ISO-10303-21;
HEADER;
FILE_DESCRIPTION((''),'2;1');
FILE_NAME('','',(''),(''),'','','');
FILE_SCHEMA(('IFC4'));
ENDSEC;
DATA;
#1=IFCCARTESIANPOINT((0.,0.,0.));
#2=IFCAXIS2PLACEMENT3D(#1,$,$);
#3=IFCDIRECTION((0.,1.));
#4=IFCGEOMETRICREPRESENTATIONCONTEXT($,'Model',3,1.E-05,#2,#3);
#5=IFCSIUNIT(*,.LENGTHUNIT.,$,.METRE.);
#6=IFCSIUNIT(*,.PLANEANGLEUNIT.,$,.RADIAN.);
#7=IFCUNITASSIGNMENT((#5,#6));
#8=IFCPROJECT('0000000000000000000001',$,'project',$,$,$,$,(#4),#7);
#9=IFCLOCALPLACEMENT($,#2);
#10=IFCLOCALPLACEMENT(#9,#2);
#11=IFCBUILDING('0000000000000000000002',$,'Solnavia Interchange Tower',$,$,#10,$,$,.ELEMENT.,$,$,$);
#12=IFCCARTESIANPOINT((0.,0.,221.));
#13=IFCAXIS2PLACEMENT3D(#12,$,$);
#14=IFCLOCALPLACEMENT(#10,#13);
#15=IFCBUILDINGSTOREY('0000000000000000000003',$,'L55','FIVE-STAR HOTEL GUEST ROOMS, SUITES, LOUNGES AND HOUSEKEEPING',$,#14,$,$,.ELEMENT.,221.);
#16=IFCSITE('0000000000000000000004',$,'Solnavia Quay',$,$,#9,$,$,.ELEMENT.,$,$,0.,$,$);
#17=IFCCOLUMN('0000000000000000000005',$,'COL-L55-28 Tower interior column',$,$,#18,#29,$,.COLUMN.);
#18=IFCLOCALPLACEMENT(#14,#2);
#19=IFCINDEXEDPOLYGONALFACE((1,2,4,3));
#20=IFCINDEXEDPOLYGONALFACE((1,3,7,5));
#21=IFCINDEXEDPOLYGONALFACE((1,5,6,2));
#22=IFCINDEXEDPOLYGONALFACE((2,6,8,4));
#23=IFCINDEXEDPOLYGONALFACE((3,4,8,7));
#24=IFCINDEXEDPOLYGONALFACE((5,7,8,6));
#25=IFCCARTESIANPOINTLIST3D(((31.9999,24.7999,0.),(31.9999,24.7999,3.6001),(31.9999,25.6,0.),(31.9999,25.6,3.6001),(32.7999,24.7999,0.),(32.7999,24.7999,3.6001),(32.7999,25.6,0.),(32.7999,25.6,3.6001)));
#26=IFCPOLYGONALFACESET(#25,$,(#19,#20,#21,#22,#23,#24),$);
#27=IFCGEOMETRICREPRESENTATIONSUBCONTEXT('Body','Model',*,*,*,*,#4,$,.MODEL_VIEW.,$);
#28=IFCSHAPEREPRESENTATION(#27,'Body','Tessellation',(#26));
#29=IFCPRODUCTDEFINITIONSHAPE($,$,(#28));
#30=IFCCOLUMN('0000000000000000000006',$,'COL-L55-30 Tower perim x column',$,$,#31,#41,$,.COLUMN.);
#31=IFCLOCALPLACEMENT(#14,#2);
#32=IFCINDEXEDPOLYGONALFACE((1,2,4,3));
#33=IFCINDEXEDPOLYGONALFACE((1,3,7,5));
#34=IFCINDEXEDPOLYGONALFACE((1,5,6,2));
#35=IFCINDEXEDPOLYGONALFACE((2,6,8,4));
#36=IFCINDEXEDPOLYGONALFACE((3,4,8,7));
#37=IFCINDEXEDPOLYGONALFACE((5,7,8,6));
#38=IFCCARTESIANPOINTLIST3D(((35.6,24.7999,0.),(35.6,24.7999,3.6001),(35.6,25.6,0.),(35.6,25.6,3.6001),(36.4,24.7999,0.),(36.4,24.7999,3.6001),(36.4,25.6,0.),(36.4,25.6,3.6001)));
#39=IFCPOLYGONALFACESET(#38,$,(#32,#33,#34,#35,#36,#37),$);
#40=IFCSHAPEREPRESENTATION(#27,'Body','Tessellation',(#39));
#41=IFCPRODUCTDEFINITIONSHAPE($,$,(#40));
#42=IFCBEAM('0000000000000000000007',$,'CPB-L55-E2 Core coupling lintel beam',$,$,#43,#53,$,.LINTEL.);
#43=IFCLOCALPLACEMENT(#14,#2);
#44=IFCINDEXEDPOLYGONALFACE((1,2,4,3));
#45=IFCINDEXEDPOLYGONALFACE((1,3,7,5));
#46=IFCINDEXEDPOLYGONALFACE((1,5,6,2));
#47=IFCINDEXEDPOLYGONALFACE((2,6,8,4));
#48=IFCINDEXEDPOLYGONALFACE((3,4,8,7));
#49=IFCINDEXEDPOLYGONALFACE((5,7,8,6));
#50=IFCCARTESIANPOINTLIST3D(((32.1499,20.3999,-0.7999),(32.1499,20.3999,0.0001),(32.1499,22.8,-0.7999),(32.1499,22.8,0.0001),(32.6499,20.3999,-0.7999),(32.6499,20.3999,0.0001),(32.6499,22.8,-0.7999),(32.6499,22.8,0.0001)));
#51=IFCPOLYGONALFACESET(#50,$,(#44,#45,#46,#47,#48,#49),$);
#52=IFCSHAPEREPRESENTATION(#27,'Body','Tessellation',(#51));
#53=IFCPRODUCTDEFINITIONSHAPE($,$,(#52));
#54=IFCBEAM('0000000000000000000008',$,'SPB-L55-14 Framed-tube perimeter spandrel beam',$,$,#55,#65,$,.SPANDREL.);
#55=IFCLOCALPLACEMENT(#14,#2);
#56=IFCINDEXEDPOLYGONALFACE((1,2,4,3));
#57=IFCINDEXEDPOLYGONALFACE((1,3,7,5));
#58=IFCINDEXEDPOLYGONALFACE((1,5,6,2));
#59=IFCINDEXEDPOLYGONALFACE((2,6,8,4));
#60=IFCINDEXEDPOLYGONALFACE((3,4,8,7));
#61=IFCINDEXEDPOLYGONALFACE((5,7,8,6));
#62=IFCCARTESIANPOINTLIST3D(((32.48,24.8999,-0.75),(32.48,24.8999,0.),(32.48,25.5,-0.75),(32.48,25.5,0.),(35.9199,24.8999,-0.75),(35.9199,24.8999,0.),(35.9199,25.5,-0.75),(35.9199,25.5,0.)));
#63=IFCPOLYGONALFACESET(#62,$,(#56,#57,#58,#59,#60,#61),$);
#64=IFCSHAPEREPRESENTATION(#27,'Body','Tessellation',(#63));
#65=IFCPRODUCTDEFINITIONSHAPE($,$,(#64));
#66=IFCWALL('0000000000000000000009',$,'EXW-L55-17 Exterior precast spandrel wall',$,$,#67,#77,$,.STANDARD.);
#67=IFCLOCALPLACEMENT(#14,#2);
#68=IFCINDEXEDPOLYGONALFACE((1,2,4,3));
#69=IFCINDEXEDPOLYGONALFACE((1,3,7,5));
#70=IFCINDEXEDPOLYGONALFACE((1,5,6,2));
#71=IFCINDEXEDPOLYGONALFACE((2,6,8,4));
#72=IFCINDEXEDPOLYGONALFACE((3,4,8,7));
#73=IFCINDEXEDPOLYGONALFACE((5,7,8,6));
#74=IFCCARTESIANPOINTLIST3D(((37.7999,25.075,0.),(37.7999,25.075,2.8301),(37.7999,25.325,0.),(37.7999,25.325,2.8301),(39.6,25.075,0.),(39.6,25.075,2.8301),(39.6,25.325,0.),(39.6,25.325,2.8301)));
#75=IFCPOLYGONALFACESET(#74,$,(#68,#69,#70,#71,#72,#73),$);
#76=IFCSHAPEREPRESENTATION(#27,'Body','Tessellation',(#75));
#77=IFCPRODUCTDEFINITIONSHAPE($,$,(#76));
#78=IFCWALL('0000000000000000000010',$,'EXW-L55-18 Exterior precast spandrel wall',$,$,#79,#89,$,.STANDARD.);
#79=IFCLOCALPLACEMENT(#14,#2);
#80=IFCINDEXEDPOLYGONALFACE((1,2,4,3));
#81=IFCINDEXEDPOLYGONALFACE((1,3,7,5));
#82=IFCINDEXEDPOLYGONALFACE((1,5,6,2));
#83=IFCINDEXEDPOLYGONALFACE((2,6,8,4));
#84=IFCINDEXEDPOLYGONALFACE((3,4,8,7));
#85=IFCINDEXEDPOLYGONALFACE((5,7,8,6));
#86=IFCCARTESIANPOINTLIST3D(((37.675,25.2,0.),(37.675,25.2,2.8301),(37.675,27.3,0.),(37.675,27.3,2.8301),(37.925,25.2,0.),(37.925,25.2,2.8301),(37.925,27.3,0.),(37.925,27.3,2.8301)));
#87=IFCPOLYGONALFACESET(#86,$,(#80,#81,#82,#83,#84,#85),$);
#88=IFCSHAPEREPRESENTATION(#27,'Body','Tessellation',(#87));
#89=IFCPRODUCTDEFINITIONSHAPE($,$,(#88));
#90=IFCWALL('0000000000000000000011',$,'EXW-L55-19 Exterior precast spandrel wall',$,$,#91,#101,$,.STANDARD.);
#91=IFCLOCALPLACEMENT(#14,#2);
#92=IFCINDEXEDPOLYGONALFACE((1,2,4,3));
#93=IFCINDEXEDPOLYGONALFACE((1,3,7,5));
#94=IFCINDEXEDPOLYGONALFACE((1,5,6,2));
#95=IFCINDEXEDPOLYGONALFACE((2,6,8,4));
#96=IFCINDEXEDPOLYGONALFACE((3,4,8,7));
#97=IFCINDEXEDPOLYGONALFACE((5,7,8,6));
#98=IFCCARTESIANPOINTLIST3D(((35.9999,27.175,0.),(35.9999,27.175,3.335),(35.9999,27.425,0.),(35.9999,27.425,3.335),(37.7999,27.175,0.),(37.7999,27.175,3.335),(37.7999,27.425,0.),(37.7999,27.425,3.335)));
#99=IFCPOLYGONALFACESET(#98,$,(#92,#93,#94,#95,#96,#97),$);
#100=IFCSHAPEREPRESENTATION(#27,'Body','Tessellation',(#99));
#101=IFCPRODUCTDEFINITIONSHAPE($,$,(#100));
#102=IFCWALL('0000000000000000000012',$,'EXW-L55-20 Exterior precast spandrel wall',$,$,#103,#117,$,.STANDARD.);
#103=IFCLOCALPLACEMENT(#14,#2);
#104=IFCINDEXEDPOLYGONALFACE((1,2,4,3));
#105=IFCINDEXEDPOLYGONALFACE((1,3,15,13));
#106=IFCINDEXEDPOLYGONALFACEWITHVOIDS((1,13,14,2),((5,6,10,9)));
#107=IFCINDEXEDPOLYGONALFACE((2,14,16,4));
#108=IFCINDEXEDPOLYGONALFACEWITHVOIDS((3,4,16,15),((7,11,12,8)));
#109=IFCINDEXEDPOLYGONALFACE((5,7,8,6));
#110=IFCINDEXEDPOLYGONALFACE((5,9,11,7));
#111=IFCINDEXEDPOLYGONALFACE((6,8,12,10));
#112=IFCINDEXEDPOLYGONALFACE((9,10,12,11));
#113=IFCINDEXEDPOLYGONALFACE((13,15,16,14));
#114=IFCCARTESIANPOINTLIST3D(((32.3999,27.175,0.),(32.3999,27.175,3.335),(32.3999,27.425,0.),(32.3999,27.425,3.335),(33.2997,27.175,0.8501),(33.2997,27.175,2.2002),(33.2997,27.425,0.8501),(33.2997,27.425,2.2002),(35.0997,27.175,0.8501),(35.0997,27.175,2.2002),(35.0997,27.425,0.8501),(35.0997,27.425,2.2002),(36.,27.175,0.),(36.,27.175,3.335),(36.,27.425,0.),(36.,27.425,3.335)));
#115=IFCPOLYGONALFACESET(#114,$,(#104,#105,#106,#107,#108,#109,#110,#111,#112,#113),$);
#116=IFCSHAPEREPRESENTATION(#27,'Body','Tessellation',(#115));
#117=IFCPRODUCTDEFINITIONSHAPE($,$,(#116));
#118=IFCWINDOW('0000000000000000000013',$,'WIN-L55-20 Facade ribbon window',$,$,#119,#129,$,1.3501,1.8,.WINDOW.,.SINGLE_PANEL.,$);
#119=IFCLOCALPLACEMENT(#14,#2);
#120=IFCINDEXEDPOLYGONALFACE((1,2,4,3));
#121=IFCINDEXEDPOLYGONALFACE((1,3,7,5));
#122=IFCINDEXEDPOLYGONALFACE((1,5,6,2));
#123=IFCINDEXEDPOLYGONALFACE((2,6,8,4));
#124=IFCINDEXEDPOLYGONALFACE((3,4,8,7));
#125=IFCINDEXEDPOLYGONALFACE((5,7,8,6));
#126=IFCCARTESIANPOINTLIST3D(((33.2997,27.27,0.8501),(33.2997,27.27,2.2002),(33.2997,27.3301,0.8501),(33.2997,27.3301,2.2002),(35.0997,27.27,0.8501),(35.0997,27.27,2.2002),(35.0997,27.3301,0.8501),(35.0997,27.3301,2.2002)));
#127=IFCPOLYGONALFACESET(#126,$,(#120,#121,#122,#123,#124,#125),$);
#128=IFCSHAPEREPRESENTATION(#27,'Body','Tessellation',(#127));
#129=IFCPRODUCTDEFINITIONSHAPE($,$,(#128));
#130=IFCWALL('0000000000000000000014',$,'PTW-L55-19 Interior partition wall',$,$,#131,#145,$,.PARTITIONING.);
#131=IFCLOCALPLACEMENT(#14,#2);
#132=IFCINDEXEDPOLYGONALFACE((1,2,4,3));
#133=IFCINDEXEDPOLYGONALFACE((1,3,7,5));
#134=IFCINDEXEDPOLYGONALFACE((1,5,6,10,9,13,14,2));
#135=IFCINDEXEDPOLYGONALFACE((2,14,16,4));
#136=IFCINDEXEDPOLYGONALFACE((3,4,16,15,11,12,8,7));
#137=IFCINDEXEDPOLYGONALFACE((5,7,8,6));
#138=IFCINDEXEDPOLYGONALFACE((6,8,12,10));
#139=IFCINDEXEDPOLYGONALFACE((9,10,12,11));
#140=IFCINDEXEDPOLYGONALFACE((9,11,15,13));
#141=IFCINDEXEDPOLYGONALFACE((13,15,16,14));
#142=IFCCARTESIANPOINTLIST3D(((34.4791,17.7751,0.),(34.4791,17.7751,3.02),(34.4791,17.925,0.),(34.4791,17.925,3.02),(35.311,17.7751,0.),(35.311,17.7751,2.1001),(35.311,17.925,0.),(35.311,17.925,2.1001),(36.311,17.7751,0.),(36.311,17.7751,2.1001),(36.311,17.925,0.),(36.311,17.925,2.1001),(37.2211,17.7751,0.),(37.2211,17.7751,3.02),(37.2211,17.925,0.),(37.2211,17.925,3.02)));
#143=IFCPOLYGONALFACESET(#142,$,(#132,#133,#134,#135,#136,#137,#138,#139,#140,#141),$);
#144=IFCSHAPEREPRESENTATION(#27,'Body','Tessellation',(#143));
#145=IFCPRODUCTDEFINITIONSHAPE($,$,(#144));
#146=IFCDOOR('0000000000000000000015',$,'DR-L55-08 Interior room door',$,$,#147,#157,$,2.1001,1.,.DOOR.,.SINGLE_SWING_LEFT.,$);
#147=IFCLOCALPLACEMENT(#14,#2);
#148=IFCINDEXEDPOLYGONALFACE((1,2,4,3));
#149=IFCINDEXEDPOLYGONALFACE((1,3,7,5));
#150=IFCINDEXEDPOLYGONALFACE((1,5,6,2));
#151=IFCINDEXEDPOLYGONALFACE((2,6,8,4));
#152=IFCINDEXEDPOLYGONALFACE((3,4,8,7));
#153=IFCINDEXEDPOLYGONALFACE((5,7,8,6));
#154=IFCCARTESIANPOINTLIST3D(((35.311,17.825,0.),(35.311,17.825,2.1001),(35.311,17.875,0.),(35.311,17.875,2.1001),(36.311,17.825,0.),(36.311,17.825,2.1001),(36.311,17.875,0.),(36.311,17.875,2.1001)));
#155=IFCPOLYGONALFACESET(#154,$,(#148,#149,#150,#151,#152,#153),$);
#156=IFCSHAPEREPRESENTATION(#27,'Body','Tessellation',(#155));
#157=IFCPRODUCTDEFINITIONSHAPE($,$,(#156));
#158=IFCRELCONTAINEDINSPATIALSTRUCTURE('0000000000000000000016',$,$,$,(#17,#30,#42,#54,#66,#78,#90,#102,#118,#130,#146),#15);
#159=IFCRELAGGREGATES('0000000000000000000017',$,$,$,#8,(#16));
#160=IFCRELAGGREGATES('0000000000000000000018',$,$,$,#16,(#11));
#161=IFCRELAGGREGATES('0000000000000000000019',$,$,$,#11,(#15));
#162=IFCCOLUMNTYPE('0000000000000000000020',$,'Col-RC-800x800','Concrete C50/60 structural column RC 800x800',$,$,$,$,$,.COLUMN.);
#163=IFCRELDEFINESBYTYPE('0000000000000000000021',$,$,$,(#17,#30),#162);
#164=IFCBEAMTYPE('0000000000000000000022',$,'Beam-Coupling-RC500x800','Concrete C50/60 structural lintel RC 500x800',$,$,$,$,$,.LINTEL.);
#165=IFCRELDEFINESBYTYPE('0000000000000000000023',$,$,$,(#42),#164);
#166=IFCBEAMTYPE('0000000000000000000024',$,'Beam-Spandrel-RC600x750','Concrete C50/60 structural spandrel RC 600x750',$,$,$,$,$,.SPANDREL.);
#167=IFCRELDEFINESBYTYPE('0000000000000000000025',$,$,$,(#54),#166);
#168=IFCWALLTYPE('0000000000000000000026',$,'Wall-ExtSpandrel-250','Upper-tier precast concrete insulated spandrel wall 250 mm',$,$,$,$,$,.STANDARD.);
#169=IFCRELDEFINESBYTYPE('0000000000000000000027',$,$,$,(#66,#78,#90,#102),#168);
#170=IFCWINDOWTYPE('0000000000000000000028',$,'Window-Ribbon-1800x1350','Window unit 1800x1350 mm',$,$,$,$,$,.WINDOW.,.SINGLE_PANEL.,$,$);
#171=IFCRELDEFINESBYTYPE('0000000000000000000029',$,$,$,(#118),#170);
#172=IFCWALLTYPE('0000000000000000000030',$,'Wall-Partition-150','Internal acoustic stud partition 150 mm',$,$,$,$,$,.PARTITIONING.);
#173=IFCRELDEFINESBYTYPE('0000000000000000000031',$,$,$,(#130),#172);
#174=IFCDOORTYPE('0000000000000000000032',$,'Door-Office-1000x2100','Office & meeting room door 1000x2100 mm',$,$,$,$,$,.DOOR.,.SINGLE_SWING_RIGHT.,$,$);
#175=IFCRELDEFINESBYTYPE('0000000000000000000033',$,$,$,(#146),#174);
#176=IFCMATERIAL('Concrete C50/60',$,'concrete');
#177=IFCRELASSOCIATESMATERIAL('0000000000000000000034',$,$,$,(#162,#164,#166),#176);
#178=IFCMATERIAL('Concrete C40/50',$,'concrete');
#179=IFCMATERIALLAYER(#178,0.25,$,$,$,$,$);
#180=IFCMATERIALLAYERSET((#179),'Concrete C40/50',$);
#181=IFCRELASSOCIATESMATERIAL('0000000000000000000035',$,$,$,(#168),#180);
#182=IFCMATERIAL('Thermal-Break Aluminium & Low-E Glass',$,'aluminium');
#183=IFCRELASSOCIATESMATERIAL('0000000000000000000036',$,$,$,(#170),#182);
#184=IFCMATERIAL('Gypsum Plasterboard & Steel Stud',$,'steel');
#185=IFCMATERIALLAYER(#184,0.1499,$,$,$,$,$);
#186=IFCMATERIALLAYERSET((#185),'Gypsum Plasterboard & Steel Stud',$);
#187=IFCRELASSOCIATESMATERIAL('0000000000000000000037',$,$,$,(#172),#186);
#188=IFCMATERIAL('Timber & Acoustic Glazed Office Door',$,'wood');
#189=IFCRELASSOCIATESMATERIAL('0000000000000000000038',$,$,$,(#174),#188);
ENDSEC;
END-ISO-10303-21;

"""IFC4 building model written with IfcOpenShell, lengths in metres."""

from ifc_helpers import new_model, si_unit, direction, frame, frame_2d, origin, origin_2d, place, context, subcontext, project, spatial, rectangle, extrude, material, layer, layer_set, material_profile, profile_set, type_object, element, fill, save


model = new_model("IFC4")

# Units and contexts
model_context = context("Model", 3, precision=1e-05, world=origin(), true_north=direction((0.0, 1.0)))
body_context = subcontext(model_context, "Body", "Model", "MODEL_VIEW")
ifc_project = project(units=[si_unit("LENGTHUNIT", "METRE"), si_unit("PLANEANGLEUNIT", "RADIAN")], contexts=[model_context])

# Site, building, storey
site_placement = place(None, origin())
site = spatial("IfcSite", under=ifc_project, at=site_placement, Name="Solnavia Quay", CompositionType="ELEMENT", RefElevation=0.0)
building_placement = place(site_placement, origin())
building = spatial("IfcBuilding", under=site, at=building_placement, Name="Solnavia Interchange Tower", CompositionType="ELEMENT")
storey_placement = place(building_placement, frame((0.0, 0.0, 221.0)))
storey = spatial("IfcBuildingStorey", under=building, at=storey_placement, Name="L55", Description="FIVE-STAR HOTEL GUEST ROOMS, SUITES, LOUNGES AND HOUSEKEEPING", CompositionType="ELEMENT", Elevation=221.0)

# Columns
ifc_material_1 = material(Name="Concrete C50/60", Category="concrete")
ifc_material_profile_1 = material_profile(ifc_material_1, rectangle(XDim=0.8, YDim=0.8, at=origin_2d()), Name="RC 800x800")
ifc_profile_set_1 = profile_set([ifc_material_profile_1], Name="Concrete C50/60")
column_type = type_object("IfcColumnType", Name="Col-RC-800x800", Description="Concrete C50/60 structural column RC 800x800", PredefinedType="COLUMN", material=ifc_profile_set_1)
for number, where, z_axis, x_axis, name in (
    (1, (32.3999, 25.2, 0.0), (0.0, 0.0, 1.0), (1.0, 0.0, 0.0), "COL-L55-28 Tower interior column"),
    (2, (36.0, 25.2, 0.0), (0.0, 0.0, 1.0), (1.0, 0.0, 0.0), "COL-L55-30 Tower perim x column"),
):
    element("IfcColumn", number, at=place(storey_placement, frame(where, z_axis=z_axis, x_axis=x_axis)), inside=storey, type_object=column_type, Name=name, PredefinedType="COLUMN", context=body_context, shape_type="SweptSolid", body=[
        extrude(rectangle(XDim=0.8, YDim=0.8, at=origin_2d()), origin(), (0.0, 0.0, 1.0), 3.6001),
    ])

# Beams
ifc_material_profile_2 = material_profile(ifc_material_1, rectangle(XDim=0.5, YDim=0.8, at=origin_2d()), Name="RC 500x800")
ifc_profile_set_2 = profile_set([ifc_material_profile_2], Name="Concrete C50/60")
beam_type_1 = type_object("IfcBeamType", Name="Beam-Coupling-RC500x800", Description="Concrete C50/60 structural lintel RC 500x800", PredefinedType="LINTEL", material=ifc_profile_set_2)
beam_1_placement = place(storey_placement, frame((32.3999, 20.3999, -0.3999), z_axis=(0.0, 1.0, 0.0), x_axis=(-1.0, 0.0, 0.0)))
element("IfcBeam", 3, at=beam_1_placement, inside=storey, type_object=beam_type_1, Name="CPB-L55-E2 Core coupling lintel beam", PredefinedType="LINTEL", context=body_context, shape_type="SweptSolid", body=[
    extrude(rectangle(XDim=0.5, YDim=0.8, at=origin_2d()), origin(), (0.0, 0.0, 1.0), 2.4001),
])
ifc_material_profile_3 = material_profile(ifc_material_1, rectangle(XDim=0.6001, YDim=0.75, at=origin_2d()), Name="RC 600x750")
ifc_profile_set_3 = profile_set([ifc_material_profile_3], Name="Concrete C50/60")
beam_type_2 = type_object("IfcBeamType", Name="Beam-Spandrel-RC600x750", Description="Concrete C50/60 structural spandrel RC 600x750", PredefinedType="SPANDREL", material=ifc_profile_set_3)
beam_2_placement = place(storey_placement, frame((35.9199, 25.2, -0.375), z_axis=(-1.0, 0.0, 0.0), x_axis=(0.0, -1.0, 0.0)))
element("IfcBeam", 4, at=beam_2_placement, inside=storey, type_object=beam_type_2, Name="SPB-L55-14 Framed-tube perimeter spandrel beam", PredefinedType="SPANDREL", context=body_context, shape_type="SweptSolid", body=[
    extrude(rectangle(XDim=0.6001, YDim=0.75, at=origin_2d()), origin(), (0.0, 0.0, 1.0), 3.4399),
])

# Walls
ifc_material_2 = material(Name="Concrete C40/50", Category="concrete")
ifc_layer_1 = layer(ifc_material_2, 0.25)
ifc_layer_set_1 = layer_set([ifc_layer_1], Name="Concrete C40/50")
wall_type_1 = type_object("IfcWallType", Name="Wall-ExtSpandrel-250", Description="Upper-tier precast concrete insulated spandrel wall 250 mm", PredefinedType="STANDARD", material=ifc_layer_set_1)
wall_1_placement = place(storey_placement, frame((37.8, 25.2, 0.0), z_axis=(0.0, 0.0, 1.0), x_axis=(1.0, 0.0, 0.0)))
element("IfcWall", 5, at=wall_1_placement, inside=storey, type_object=wall_type_1, Name="EXW-L55-17 Exterior precast spandrel wall", PredefinedType="STANDARD", context=body_context, shape_type="SweptSolid", body=[
    extrude(rectangle(XDim=1.8, YDim=0.25, at=frame_2d((0.8999, 0.0))), origin(), (0.0, 0.0, 1.0), 2.8301),
])
wall_2_placement = place(storey_placement, frame((37.8, 27.3, 0.0), z_axis=(0.0, 0.0, 1.0), x_axis=(0.0, -1.0, 0.0)))
element("IfcWall", 6, at=wall_2_placement, inside=storey, type_object=wall_type_1, Name="EXW-L55-18 Exterior precast spandrel wall", PredefinedType="STANDARD", context=body_context, shape_type="SweptSolid", body=[
    extrude(rectangle(XDim=2.1001, YDim=0.25, at=frame_2d((1.05, 0.0))), origin(), (0.0, 0.0, 1.0), 2.8301),
])
wall_3_placement = place(storey_placement, frame((36.0, 27.3, 0.0), z_axis=(0.0, 0.0, 1.0), x_axis=(1.0, 0.0, 0.0)))
element("IfcWall", 7, at=wall_3_placement, inside=storey, type_object=wall_type_1, Name="EXW-L55-19 Exterior precast spandrel wall", PredefinedType="STANDARD", context=body_context, shape_type="SweptSolid", body=[
    extrude(rectangle(XDim=1.8, YDim=0.25, at=frame_2d((0.8999, 0.0))), origin(), (0.0, 0.0, 1.0), 3.335),
])

# Wall, opening, window
wall_4_placement = place(storey_placement, frame((32.3999, 27.3, 0.0), z_axis=(0.0, 0.0, 1.0), x_axis=(1.0, 0.0, 0.0)))
wall_4 = element("IfcWall", 8, at=wall_4_placement, inside=storey, type_object=wall_type_1, Name="EXW-L55-20 Exterior precast spandrel wall", PredefinedType="STANDARD", context=body_context, shape_type="SweptSolid", body=[
    extrude(rectangle(XDim=3.6001, YDim=0.25, at=frame_2d((1.8, 0.0))), origin(), (0.0, 0.0, 1.0), 3.335),
])
opening_1_placement = place(wall_4_placement, frame((0.8999, 0.0, 0.8501)))
opening_1 = element("IfcOpeningElement", 9, at=opening_1_placement, cuts=wall_4, PredefinedType="OPENING", context=body_context, shape_type="SweptSolid", body=[
    extrude(rectangle(XDim=1.8, YDim=1.3501, at=frame_2d((0.8999, 0.675))), frame((0.0, 0.135, 0.0), z_axis=(0.0, -1.0, 0.0), x_axis=(1.0, 0.0, 0.0)), (0.0, 0.0, 1.0), 0.27),
])
ifc_material_3 = material(Name="Thermal-Break Aluminium & Low-E Glass", Category="aluminium")
window_type = type_object("IfcWindowType", Name="Window-Ribbon-1800x1350", Description="Window unit 1800x1350 mm", PartitioningType="SINGLE_PANEL", PredefinedType="WINDOW", material=ifc_material_3)
window_placement = place(opening_1_placement, origin())
window = element("IfcWindow", 10, at=window_placement, inside=storey, type_object=window_type, Name="WIN-L55-20 Facade ribbon window", OverallHeight=1.3501, OverallWidth=1.8, PartitioningType="SINGLE_PANEL", PredefinedType="WINDOW", context=body_context, shape_type="SweptSolid", body=[
    extrude(rectangle(XDim=1.8, YDim=1.3501, at=frame_2d((0.8999, 0.675))), frame((0.0, 0.03, 0.0), z_axis=(0.0, -1.0, 0.0), x_axis=(1.0, 0.0, 0.0)), (0.0, 0.0, 1.0), 0.0601),
])
fill(opening_1, window)

# Wall, opening, door
ifc_material_4 = material(Name="Gypsum Plasterboard & Steel Stud", Category="steel")
ifc_layer_2 = layer(ifc_material_4, 0.1499)
ifc_layer_set_2 = layer_set([ifc_layer_2], Name="Gypsum Plasterboard & Steel Stud")
wall_type_2 = type_object("IfcWallType", Name="Wall-Partition-150", Description="Internal acoustic stud partition 150 mm", PredefinedType="PARTITIONING", material=ifc_layer_set_2)
wall_5_placement = place(storey_placement, frame((34.479, 17.8501, 0.0), z_axis=(0.0, 0.0, 1.0), x_axis=(1.0, 0.0, 0.0)))
wall_5 = element("IfcWall", 11, at=wall_5_placement, inside=storey, type_object=wall_type_2, Name="PTW-L55-19 Interior partition wall", PredefinedType="PARTITIONING", context=body_context, shape_type="SweptSolid", body=[
    extrude(rectangle(XDim=2.7419, YDim=0.1499, at=frame_2d((1.3711, 0.0))), origin(), (0.0, 0.0, 1.0), 3.02),
])
opening_2_placement = place(wall_5_placement, frame((0.832, 0.0, 0.0)))
opening_2 = element("IfcOpeningElement", 12, at=opening_2_placement, cuts=wall_5, PredefinedType="OPENING", context=body_context, shape_type="SweptSolid", body=[
    extrude(rectangle(XDim=1.0, YDim=2.1001, at=frame_2d((0.5, 1.05))), frame((0.0, 0.085, 0.0), z_axis=(0.0, -1.0, 0.0), x_axis=(1.0, 0.0, 0.0)), (0.0, 0.0, 1.0), 0.1699),
])
ifc_material_5 = material(Name="Timber & Acoustic Glazed Office Door", Category="wood")
door_type_1 = type_object("IfcDoorType", Name="Door-Office-1000x2100", Description="Office & meeting room door 1000x2100 mm", OperationType="SINGLE_SWING_RIGHT", PredefinedType="DOOR", material=ifc_material_5)
door_1_placement = place(opening_2_placement, origin())
door_1 = element("IfcDoor", 13, at=door_1_placement, inside=storey, type_object=door_type_1, Name="DR-L55-08 Interior room door", OperationType="SINGLE_SWING_LEFT", OverallHeight=2.1001, OverallWidth=1.0, PredefinedType="DOOR", context=body_context, shape_type="SweptSolid", body=[
    extrude(rectangle(XDim=1.0, YDim=2.1001, at=frame_2d((0.5, 1.05))), frame((0.0, 0.0249, 0.0), z_axis=(0.0, -1.0, 0.0), x_axis=(1.0, 0.0, 0.0)), (0.0, 0.0, 1.0), 0.05),
])
fill(opening_2, door_1)

save(model, "model.ifc")
